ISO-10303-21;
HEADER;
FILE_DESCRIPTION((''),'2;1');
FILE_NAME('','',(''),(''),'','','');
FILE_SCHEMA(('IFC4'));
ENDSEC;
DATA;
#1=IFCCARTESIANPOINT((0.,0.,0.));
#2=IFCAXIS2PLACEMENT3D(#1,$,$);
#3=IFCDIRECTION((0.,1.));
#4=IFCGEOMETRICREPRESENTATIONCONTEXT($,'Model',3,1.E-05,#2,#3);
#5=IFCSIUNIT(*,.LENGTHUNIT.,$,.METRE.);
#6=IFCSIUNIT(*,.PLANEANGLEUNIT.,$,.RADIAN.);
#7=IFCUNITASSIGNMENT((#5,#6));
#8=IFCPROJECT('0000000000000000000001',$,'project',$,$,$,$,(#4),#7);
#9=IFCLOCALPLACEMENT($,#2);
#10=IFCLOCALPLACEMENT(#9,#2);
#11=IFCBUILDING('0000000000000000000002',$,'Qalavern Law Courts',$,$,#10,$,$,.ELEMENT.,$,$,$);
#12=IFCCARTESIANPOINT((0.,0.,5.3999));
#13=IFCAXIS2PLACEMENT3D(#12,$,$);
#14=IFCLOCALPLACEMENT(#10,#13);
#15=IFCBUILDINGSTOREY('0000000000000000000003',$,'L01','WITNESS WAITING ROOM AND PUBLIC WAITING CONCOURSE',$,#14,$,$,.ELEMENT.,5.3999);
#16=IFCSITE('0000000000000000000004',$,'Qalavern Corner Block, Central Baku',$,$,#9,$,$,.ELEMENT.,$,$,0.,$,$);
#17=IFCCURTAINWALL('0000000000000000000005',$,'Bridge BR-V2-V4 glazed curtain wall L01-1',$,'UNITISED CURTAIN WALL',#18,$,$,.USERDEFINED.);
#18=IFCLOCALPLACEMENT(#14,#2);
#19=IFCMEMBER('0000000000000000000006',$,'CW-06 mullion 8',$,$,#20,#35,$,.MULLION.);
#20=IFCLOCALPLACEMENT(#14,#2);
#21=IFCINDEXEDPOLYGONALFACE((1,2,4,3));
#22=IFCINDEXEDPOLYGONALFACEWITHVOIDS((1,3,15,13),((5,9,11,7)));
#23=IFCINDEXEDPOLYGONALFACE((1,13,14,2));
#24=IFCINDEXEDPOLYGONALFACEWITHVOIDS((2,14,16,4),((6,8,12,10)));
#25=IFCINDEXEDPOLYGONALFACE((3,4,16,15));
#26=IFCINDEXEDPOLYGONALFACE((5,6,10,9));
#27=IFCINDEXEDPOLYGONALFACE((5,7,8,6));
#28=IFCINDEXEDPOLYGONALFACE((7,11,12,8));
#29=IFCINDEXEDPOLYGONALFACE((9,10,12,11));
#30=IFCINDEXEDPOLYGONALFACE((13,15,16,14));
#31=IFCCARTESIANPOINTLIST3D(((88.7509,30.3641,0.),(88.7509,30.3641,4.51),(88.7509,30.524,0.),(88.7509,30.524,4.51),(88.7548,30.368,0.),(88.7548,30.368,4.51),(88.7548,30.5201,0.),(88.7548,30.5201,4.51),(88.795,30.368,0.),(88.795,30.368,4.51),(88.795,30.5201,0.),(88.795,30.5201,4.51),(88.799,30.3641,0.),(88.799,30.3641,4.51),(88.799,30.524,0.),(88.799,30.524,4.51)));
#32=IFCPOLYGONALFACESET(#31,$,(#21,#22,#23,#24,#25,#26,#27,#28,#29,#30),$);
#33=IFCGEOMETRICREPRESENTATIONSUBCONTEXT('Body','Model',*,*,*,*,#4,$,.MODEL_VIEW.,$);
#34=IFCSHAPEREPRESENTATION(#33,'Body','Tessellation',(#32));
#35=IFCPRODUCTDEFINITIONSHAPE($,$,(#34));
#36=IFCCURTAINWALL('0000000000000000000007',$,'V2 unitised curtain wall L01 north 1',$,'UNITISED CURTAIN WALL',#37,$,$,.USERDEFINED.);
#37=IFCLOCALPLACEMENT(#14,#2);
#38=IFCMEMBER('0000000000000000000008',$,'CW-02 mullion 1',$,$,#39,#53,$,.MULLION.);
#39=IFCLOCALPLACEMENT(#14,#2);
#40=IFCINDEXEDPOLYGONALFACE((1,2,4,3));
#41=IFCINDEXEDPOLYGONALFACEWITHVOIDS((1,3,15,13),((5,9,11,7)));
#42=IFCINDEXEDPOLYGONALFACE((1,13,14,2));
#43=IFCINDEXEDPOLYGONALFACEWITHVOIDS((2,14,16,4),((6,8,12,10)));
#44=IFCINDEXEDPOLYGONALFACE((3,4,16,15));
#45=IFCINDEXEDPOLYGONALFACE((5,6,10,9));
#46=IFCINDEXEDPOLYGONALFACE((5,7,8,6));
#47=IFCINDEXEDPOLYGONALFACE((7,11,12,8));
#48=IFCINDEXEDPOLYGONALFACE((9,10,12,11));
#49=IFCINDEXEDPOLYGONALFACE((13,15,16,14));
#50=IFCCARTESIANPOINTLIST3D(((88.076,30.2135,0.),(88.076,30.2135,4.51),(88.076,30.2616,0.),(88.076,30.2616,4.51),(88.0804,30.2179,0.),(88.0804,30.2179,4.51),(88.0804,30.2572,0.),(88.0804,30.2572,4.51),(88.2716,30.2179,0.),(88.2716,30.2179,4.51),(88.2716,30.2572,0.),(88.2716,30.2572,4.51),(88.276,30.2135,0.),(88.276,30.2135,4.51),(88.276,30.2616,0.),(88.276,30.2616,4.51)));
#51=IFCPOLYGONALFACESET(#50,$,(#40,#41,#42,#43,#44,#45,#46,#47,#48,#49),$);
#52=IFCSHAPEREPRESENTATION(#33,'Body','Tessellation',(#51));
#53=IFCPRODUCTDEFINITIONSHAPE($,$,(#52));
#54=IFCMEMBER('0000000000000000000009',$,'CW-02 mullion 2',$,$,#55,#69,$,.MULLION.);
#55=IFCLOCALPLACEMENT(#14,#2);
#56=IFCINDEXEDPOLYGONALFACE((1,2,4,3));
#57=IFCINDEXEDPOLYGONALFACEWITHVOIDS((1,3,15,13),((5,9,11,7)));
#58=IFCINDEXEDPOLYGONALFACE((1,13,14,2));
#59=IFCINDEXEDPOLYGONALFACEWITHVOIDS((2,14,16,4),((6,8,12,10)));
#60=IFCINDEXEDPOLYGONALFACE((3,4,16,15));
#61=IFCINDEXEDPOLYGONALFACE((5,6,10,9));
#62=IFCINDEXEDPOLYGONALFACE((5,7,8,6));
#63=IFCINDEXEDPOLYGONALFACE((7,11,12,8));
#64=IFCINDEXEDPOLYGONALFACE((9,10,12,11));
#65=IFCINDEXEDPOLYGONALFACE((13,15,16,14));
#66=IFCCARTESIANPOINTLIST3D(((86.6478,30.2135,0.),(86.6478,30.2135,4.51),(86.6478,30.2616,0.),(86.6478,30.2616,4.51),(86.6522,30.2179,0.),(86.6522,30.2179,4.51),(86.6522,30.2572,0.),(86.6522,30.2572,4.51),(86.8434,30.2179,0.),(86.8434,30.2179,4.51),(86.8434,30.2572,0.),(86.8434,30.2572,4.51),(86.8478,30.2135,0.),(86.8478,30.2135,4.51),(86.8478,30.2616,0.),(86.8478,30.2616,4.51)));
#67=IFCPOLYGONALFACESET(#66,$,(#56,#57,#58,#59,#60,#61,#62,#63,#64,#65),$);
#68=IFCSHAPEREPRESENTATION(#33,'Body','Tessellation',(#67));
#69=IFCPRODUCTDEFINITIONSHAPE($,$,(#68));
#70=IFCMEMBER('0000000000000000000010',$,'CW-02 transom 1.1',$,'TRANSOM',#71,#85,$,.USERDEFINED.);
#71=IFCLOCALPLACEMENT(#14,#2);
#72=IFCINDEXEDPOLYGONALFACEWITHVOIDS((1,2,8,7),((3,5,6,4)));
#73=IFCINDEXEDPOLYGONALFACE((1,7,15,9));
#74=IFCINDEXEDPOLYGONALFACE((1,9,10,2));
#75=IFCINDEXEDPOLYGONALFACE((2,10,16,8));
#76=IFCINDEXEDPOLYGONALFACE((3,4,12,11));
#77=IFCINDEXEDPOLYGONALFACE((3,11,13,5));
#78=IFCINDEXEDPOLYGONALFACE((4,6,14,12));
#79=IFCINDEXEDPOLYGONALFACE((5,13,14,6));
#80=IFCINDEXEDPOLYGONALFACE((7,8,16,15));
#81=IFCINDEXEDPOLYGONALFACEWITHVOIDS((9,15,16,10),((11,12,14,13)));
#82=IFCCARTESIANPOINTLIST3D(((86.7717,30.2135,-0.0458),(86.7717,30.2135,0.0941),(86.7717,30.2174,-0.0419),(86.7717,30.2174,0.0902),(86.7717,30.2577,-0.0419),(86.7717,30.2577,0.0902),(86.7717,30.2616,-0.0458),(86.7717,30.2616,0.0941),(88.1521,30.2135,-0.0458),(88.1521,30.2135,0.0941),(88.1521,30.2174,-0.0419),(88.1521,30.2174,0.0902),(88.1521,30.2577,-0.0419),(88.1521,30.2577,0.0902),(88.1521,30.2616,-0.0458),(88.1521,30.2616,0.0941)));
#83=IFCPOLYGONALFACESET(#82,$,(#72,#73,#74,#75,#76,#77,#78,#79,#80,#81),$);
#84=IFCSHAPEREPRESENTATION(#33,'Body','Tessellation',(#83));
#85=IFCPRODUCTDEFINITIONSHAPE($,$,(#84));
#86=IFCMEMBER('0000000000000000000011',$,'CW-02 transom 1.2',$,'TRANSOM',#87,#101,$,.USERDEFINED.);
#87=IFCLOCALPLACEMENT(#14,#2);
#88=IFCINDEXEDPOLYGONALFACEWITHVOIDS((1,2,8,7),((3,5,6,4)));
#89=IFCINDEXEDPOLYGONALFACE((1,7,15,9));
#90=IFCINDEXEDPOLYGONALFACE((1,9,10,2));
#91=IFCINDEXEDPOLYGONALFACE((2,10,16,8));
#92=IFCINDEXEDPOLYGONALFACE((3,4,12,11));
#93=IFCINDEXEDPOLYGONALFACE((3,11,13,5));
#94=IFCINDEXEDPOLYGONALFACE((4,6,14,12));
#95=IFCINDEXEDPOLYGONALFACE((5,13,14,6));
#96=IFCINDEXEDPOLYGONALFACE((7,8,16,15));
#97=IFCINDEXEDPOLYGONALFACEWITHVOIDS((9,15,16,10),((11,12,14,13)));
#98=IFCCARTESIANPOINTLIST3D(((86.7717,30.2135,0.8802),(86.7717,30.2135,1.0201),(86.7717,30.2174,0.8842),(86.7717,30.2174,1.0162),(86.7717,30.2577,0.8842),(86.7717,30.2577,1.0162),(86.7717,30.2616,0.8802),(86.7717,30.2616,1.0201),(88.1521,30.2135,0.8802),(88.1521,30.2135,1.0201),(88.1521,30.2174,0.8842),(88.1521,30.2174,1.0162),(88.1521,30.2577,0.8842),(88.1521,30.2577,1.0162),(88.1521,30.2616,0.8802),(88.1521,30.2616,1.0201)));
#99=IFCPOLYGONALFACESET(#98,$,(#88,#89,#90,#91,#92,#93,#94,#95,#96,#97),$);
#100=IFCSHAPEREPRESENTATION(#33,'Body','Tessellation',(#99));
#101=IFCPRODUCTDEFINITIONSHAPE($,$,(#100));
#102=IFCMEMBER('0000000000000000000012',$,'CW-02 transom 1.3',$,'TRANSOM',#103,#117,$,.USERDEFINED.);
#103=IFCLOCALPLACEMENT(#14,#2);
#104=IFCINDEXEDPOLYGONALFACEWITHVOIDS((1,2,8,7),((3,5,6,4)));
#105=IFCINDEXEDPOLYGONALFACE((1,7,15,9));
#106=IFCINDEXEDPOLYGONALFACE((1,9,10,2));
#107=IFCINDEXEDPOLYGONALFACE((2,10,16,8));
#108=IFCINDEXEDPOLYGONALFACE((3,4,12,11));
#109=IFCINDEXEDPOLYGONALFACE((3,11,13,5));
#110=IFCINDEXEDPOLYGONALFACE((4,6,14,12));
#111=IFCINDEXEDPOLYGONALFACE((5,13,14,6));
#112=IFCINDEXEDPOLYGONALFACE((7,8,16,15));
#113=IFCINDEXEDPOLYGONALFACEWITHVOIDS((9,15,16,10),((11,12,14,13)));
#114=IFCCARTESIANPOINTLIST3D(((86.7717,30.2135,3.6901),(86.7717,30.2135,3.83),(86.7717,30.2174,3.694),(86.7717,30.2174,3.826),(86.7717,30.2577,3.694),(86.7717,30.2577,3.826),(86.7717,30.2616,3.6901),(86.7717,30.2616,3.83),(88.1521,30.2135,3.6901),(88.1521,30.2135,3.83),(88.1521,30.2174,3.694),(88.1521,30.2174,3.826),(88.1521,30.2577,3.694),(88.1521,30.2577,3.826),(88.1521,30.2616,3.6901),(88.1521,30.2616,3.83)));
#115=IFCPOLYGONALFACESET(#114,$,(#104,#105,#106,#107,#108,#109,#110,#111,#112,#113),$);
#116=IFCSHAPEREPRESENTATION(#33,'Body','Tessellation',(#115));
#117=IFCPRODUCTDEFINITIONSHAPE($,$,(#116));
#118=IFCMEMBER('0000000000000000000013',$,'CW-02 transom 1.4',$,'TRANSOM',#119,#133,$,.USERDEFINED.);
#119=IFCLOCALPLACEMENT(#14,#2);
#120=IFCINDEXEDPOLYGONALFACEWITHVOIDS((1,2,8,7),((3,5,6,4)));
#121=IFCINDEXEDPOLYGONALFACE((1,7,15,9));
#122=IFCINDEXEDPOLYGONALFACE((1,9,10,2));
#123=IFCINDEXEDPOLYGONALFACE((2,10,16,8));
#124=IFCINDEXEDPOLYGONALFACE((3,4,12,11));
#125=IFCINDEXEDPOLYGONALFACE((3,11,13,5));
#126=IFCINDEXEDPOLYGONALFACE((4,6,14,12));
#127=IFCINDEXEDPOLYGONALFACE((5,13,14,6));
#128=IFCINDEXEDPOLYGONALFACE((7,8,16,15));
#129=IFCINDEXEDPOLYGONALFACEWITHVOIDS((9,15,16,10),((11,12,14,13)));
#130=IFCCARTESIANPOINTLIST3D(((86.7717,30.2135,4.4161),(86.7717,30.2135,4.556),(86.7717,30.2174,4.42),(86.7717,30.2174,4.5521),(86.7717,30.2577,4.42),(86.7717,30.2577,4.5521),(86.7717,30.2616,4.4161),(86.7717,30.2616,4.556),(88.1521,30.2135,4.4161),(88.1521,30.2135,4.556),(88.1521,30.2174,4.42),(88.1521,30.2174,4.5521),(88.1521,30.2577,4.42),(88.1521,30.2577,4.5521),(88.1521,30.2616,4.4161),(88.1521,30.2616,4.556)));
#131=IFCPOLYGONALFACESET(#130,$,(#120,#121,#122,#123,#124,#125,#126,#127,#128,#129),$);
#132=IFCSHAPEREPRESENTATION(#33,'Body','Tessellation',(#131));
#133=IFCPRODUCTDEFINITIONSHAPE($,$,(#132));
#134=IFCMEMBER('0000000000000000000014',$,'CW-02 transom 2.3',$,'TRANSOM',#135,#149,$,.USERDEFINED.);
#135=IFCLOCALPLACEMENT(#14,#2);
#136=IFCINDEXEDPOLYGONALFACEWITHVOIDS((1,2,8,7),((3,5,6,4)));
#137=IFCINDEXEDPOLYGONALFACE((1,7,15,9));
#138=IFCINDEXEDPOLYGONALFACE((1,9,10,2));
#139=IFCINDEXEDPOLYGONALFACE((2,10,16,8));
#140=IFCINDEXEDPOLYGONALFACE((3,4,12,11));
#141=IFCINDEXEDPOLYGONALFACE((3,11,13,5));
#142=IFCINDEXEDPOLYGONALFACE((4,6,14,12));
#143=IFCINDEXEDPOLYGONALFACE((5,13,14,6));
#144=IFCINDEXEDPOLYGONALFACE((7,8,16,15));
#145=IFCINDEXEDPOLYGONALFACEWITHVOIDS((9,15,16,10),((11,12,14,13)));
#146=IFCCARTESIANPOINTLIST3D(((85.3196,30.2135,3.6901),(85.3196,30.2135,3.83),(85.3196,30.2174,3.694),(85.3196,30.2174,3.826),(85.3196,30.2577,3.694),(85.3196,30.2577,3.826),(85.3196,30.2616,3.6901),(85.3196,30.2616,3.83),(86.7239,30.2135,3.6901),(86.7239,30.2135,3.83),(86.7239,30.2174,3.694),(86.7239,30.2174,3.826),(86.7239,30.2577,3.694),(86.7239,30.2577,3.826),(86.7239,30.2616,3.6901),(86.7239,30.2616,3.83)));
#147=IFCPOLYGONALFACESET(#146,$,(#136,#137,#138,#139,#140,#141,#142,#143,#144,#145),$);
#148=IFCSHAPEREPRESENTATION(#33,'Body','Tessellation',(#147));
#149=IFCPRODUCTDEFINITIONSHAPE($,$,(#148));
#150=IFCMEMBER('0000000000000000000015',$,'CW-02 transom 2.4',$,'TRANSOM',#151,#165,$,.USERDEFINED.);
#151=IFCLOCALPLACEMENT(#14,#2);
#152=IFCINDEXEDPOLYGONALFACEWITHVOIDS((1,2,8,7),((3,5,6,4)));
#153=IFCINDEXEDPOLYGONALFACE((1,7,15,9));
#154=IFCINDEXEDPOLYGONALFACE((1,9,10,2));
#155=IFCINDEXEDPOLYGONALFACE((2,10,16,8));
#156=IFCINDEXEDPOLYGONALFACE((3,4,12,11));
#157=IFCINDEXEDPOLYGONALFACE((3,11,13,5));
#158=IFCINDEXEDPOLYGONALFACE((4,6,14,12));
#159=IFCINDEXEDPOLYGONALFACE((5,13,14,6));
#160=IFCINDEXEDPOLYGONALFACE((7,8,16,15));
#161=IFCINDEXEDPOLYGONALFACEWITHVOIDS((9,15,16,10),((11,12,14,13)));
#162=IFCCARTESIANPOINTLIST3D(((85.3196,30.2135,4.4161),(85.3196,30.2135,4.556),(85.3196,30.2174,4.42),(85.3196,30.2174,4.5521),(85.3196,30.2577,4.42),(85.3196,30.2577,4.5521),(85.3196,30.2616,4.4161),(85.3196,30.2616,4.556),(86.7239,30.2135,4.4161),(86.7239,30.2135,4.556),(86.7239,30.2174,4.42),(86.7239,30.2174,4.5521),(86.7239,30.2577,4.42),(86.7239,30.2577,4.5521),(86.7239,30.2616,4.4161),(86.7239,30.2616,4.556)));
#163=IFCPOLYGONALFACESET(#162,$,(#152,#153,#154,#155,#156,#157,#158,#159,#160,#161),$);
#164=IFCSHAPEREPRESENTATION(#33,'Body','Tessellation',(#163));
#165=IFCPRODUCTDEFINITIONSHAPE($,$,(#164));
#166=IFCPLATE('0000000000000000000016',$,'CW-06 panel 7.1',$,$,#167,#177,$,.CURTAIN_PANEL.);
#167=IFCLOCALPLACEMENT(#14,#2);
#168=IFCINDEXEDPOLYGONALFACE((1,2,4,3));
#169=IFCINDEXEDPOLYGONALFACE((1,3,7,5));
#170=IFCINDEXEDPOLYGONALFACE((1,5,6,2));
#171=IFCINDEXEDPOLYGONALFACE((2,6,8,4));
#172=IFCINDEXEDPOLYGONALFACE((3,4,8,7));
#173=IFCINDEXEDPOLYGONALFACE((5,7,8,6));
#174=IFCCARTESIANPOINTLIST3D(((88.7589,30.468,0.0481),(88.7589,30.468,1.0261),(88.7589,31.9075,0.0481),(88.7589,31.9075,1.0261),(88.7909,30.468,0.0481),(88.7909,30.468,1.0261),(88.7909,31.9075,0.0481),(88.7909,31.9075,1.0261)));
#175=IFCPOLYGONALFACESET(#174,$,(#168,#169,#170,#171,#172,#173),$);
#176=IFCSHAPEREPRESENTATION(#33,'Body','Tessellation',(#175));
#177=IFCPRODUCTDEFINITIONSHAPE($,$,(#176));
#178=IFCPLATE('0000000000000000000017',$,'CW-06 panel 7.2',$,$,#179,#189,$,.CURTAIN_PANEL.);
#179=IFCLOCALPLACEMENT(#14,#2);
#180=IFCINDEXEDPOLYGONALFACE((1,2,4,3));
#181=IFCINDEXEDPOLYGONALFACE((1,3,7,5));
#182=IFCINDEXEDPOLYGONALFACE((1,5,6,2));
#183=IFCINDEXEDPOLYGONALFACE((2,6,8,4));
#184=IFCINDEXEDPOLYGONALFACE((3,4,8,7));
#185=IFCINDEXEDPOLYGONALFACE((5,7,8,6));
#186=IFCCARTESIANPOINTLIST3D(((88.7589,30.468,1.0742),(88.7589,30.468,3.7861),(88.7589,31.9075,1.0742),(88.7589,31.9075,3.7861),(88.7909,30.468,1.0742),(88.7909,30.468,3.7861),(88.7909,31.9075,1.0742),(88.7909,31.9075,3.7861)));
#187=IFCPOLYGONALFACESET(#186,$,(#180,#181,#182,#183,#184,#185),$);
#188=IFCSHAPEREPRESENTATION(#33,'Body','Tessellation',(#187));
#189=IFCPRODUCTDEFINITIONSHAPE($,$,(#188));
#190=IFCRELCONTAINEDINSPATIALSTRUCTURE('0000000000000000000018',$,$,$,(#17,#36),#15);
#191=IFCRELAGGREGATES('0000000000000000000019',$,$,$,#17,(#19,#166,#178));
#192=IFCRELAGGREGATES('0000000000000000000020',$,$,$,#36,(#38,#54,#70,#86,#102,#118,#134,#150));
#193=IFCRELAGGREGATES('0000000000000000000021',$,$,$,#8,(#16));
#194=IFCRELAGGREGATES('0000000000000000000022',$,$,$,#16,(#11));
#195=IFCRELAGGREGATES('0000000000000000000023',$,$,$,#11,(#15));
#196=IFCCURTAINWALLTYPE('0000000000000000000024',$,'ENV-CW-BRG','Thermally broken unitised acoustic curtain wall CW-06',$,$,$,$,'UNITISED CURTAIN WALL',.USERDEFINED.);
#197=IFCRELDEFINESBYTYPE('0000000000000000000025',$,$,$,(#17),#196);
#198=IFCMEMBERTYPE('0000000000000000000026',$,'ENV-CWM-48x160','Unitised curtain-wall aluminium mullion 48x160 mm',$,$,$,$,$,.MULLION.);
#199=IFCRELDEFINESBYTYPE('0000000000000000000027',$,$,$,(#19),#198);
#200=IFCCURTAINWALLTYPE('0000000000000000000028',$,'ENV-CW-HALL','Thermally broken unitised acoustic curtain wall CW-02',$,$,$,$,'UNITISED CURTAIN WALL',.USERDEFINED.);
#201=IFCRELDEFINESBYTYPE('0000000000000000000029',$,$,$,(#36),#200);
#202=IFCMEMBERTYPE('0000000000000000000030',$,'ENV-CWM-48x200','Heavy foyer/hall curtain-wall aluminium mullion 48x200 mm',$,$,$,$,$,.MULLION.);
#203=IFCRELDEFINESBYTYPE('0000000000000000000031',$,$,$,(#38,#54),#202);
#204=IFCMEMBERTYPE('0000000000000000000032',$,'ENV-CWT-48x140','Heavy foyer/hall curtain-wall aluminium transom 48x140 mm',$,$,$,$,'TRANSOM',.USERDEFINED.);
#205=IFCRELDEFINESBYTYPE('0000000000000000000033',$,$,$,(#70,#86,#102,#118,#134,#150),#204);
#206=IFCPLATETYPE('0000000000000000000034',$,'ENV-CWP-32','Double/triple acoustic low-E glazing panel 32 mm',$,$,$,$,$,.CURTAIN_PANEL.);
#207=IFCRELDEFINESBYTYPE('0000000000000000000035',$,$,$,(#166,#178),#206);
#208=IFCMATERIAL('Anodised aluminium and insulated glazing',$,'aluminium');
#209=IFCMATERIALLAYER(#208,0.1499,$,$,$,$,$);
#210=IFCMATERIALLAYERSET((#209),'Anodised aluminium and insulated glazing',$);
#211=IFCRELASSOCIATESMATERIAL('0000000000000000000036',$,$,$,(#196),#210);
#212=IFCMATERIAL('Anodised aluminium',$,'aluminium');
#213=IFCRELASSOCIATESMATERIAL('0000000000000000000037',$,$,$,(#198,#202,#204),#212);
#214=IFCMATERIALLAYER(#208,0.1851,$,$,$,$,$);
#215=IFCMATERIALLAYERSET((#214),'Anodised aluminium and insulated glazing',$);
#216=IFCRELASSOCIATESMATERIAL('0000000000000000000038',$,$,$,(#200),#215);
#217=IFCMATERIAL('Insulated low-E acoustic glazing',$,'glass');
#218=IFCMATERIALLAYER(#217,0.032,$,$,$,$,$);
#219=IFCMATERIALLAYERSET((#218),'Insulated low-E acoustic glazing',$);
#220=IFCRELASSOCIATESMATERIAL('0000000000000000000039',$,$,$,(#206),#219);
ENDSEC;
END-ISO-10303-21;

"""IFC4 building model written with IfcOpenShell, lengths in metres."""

from ifc_helpers import new_model, si_unit, direction, frame, origin, origin_2d, place, context, subcontext, project, spatial, rectangle, hollow_rectangle, extrude, material, layer, layer_set, material_profile, profile_set, type_object, element, aggregate, save


model = new_model("IFC4")

# Units and contexts
model_context = context("Model", 3, precision=1e-05, world=origin(), true_north=direction((0.0, 1.0)))
body_context = subcontext(model_context, "Body", "Model", "MODEL_VIEW")
ifc_project = project(units=[si_unit("LENGTHUNIT", "METRE"), si_unit("PLANEANGLEUNIT", "RADIAN")], contexts=[model_context])

# Site, building, storey
site_placement = place(None, origin())
site = spatial("IfcSite", under=ifc_project, at=site_placement, Name="Qalavern Corner Block, Central Baku", CompositionType="ELEMENT", RefElevation=0.0)
building_placement = place(site_placement, origin())
building = spatial("IfcBuilding", under=site, at=building_placement, Name="Qalavern Law Courts", CompositionType="ELEMENT")
storey_placement = place(building_placement, frame((0.0, 0.0, 5.3999)))
storey = spatial("IfcBuildingStorey", under=building, at=storey_placement, Name="L01", Description="WITNESS WAITING ROOM AND PUBLIC WAITING CONCOURSE", CompositionType="ELEMENT", Elevation=5.3999)

# Curtain wall, member
ifc_material_1 = material(Name="Anodised aluminium and insulated glazing", Category="aluminium")
ifc_layer_1 = layer(ifc_material_1, 0.1499)
ifc_layer_set_1 = layer_set([ifc_layer_1], Name="Anodised aluminium and insulated glazing")
curtain_wall_type_1 = type_object("IfcCurtainWallType", Name="ENV-CW-BRG", Description="Thermally broken unitised acoustic curtain wall CW-06", ElementType="UNITISED CURTAIN WALL", PredefinedType="USERDEFINED", material=ifc_layer_set_1)
curtain_wall_1_placement = place(storey_placement, origin())
curtain_wall_1 = element("IfcCurtainWall", 1, at=curtain_wall_1_placement, inside=storey, type_object=curtain_wall_type_1, Name="Bridge BR-V2-V4 glazed curtain wall L01-1", ObjectType="UNITISED CURTAIN WALL", PredefinedType="USERDEFINED")
ifc_material_2 = material(Name="Anodised aluminium", Category="aluminium")
ifc_material_profile_1 = material_profile(ifc_material_2, hollow_rectangle(XDim=0.0481, YDim=0.1599, WallThickness=0.0039, at=origin_2d()), Name="ALU MULLION 48x160")
ifc_profile_set_1 = profile_set([ifc_material_profile_1], Name="Anodised aluminium")
member_type_1 = type_object("IfcMemberType", Name="ENV-CWM-48x160", Description="Unitised curtain-wall aluminium mullion 48x160 mm", PredefinedType="MULLION", material=ifc_profile_set_1)
member_1_placement = place(storey_placement, frame((88.7749, 30.4441, 0.0), z_axis=(0.0, 0.0, 1.0), x_axis=(1.0, 0.0, 0.0)))
member_1 = element("IfcMember", 2, at=member_1_placement, type_object=member_type_1, Name="CW-06 mullion 8", PredefinedType="MULLION", context=body_context, shape_type="SweptSolid", body=[
    extrude(hollow_rectangle(XDim=0.0481, YDim=0.1599, WallThickness=0.0039, at=origin_2d()), origin(), (0.0, 0.0, 1.0), 4.51),
])

# Curtain wall, members
ifc_layer_2 = layer(ifc_material_1, 0.1851)
ifc_layer_set_2 = layer_set([ifc_layer_2], Name="Anodised aluminium and insulated glazing")
curtain_wall_type_2 = type_object("IfcCurtainWallType", Name="ENV-CW-HALL", Description="Thermally broken unitised acoustic curtain wall CW-02", ElementType="UNITISED CURTAIN WALL", PredefinedType="USERDEFINED", material=ifc_layer_set_2)
curtain_wall_2_placement = place(storey_placement, origin())
curtain_wall_2 = element("IfcCurtainWall", 3, at=curtain_wall_2_placement, inside=storey, type_object=curtain_wall_type_2, Name="V2 unitised curtain wall L01 north 1", ObjectType="UNITISED CURTAIN WALL", PredefinedType="USERDEFINED")
ifc_material_profile_2 = material_profile(ifc_material_2, hollow_rectangle(XDim=0.0481, YDim=0.2, WallThickness=0.0044, at=origin_2d()), Name="ALU MULLION 48x200")
ifc_profile_set_2 = profile_set([ifc_material_profile_2], Name="Anodised aluminium")
member_type_2 = type_object("IfcMemberType", Name="ENV-CWM-48x200", Description="Heavy foyer/hall curtain-wall aluminium mullion 48x200 mm", PredefinedType="MULLION", material=ifc_profile_set_2)
member_2_placement = place(storey_placement, frame((88.176, 30.2375, 0.0), z_axis=(0.0, 0.0, 1.0), x_axis=(0.0, -1.0, 0.0)))
member_2 = element("IfcMember", 4, at=member_2_placement, type_object=member_type_2, Name="CW-02 mullion 1", PredefinedType="MULLION", context=body_context, shape_type="SweptSolid", body=[
    extrude(hollow_rectangle(XDim=0.0481, YDim=0.2, WallThickness=0.0044, at=origin_2d()), origin(), (0.0, 0.0, 1.0), 4.51),
])
member_3_placement = place(storey_placement, frame((86.7478, 30.2375, 0.0), z_axis=(0.0, 0.0, 1.0), x_axis=(0.0, -1.0, 0.0)))
member_3 = element("IfcMember", 5, at=member_3_placement, type_object=member_type_2, Name="CW-02 mullion 2", PredefinedType="MULLION", context=body_context, shape_type="SweptSolid", body=[
    extrude(hollow_rectangle(XDim=0.0481, YDim=0.2, WallThickness=0.0044, at=origin_2d()), origin(), (0.0, 0.0, 1.0), 4.51),
])
ifc_material_profile_3 = material_profile(ifc_material_2, hollow_rectangle(XDim=0.0481, YDim=0.1399, WallThickness=0.0039, at=origin_2d()), Name="ALU TRANSOM 48x140")
ifc_profile_set_3 = profile_set([ifc_material_profile_3], Name="Anodised aluminium")
member_type_3 = type_object("IfcMemberType", Name="ENV-CWT-48x140", Description="Heavy foyer/hall curtain-wall aluminium transom 48x140 mm", ElementType="TRANSOM", PredefinedType="USERDEFINED", material=ifc_profile_set_3)
member_4_placement = place(storey_placement, frame((88.1521, 30.2375, 0.0242), z_axis=(-1.0, 0.0, 0.0), x_axis=(0.0, -1.0, 0.0)))
member_4 = element("IfcMember", 6, at=member_4_placement, type_object=member_type_3, Name="CW-02 transom 1.1", ObjectType="TRANSOM", PredefinedType="USERDEFINED", context=body_context, shape_type="SweptSolid", body=[
    extrude(hollow_rectangle(XDim=0.0481, YDim=0.1399, WallThickness=0.0039, at=origin_2d()), origin(), (0.0, 0.0, 1.0), 1.3804),
])
member_5_placement = place(storey_placement, frame((88.1521, 30.2375, 0.9502), z_axis=(-1.0, 0.0, 0.0), x_axis=(0.0, -1.0, 0.0)))
member_5 = element("IfcMember", 7, at=member_5_placement, type_object=member_type_3, Name="CW-02 transom 1.2", ObjectType="TRANSOM", PredefinedType="USERDEFINED", context=body_context, shape_type="SweptSolid", body=[
    extrude(hollow_rectangle(XDim=0.0481, YDim=0.1399, WallThickness=0.0039, at=origin_2d()), origin(), (0.0, 0.0, 1.0), 1.3804),
])
member_6_placement = place(storey_placement, frame((88.1521, 30.2375, 3.76), z_axis=(-1.0, 0.0, 0.0), x_axis=(0.0, -1.0, 0.0)))
member_6 = element("IfcMember", 8, at=member_6_placement, type_object=member_type_3, Name="CW-02 transom 1.3", ObjectType="TRANSOM", PredefinedType="USERDEFINED", context=body_context, shape_type="SweptSolid", body=[
    extrude(hollow_rectangle(XDim=0.0481, YDim=0.1399, WallThickness=0.0039, at=origin_2d()), origin(), (0.0, 0.0, 1.0), 1.3804),
])
member_7_placement = place(storey_placement, frame((88.1521, 30.2375, 4.4861), z_axis=(-1.0, 0.0, 0.0), x_axis=(0.0, -1.0, 0.0)))
member_7 = element("IfcMember", 9, at=member_7_placement, type_object=member_type_3, Name="CW-02 transom 1.4", ObjectType="TRANSOM", PredefinedType="USERDEFINED", context=body_context, shape_type="SweptSolid", body=[
    extrude(hollow_rectangle(XDim=0.0481, YDim=0.1399, WallThickness=0.0039, at=origin_2d()), origin(), (0.0, 0.0, 1.0), 1.3804),
])
member_8_placement = place(storey_placement, frame((86.7239, 30.2375, 3.76), z_axis=(-1.0, 0.0, 0.0), x_axis=(0.0, -1.0, 0.0)))
member_8 = element("IfcMember", 10, at=member_8_placement, type_object=member_type_3, Name="CW-02 transom 2.3", ObjectType="TRANSOM", PredefinedType="USERDEFINED", context=body_context, shape_type="SweptSolid", body=[
    extrude(hollow_rectangle(XDim=0.0481, YDim=0.1399, WallThickness=0.0039, at=origin_2d()), origin(), (0.0, 0.0, 1.0), 1.4043),
])
member_9_placement = place(storey_placement, frame((86.7239, 30.2375, 4.4861), z_axis=(-1.0, 0.0, 0.0), x_axis=(0.0, -1.0, 0.0)))
member_9 = element("IfcMember", 11, at=member_9_placement, type_object=member_type_3, Name="CW-02 transom 2.4", ObjectType="TRANSOM", PredefinedType="USERDEFINED", context=body_context, shape_type="SweptSolid", body=[
    extrude(hollow_rectangle(XDim=0.0481, YDim=0.1399, WallThickness=0.0039, at=origin_2d()), origin(), (0.0, 0.0, 1.0), 1.4043),
])

# Plates
ifc_material_3 = material(Name="Insulated low-E acoustic glazing", Category="glass")
ifc_layer_3 = layer(ifc_material_3, 0.032)
ifc_layer_set_3 = layer_set([ifc_layer_3], Name="Insulated low-E acoustic glazing")
plate_type_1 = type_object("IfcPlateType", Name="ENV-CWP-32", Description="Double/triple acoustic low-E glazing panel 32 mm", PredefinedType="CURTAIN_PANEL", material=ifc_layer_set_3)
plate_1_placement = place(storey_placement, frame((88.7749, 31.1877, 0.0481), z_axis=(0.0, 0.0, 1.0), x_axis=(0.0, -1.0, 0.0)))
plate_1 = element("IfcPlate", 12, at=plate_1_placement, type_object=plate_type_1, Name="CW-06 panel 7.1", PredefinedType="CURTAIN_PANEL", context=body_context, shape_type="SweptSolid", body=[
    extrude(rectangle(XDim=1.4395, YDim=0.032, at=origin_2d()), origin(), (0.0, 0.0, 1.0), 0.978),
])
plate_2_placement = place(storey_placement, frame((88.7749, 31.1877, 1.0742), z_axis=(0.0, 0.0, 1.0), x_axis=(0.0, -1.0, 0.0)))
plate_2 = element("IfcPlate", 13, at=plate_2_placement, type_object=plate_type_1, Name="CW-06 panel 7.2", PredefinedType="CURTAIN_PANEL", context=body_context, shape_type="SweptSolid", body=[
    extrude(rectangle(XDim=1.4395, YDim=0.032, at=origin_2d()), origin(), (0.0, 0.0, 1.0), 2.7119),
])
aggregate(curtain_wall_1, [member_1, plate_1, plate_2])
aggregate(curtain_wall_2, [member_2, member_3, member_4, member_5, member_6, member_7, member_8, member_9])

save(model, "model.ifc")
